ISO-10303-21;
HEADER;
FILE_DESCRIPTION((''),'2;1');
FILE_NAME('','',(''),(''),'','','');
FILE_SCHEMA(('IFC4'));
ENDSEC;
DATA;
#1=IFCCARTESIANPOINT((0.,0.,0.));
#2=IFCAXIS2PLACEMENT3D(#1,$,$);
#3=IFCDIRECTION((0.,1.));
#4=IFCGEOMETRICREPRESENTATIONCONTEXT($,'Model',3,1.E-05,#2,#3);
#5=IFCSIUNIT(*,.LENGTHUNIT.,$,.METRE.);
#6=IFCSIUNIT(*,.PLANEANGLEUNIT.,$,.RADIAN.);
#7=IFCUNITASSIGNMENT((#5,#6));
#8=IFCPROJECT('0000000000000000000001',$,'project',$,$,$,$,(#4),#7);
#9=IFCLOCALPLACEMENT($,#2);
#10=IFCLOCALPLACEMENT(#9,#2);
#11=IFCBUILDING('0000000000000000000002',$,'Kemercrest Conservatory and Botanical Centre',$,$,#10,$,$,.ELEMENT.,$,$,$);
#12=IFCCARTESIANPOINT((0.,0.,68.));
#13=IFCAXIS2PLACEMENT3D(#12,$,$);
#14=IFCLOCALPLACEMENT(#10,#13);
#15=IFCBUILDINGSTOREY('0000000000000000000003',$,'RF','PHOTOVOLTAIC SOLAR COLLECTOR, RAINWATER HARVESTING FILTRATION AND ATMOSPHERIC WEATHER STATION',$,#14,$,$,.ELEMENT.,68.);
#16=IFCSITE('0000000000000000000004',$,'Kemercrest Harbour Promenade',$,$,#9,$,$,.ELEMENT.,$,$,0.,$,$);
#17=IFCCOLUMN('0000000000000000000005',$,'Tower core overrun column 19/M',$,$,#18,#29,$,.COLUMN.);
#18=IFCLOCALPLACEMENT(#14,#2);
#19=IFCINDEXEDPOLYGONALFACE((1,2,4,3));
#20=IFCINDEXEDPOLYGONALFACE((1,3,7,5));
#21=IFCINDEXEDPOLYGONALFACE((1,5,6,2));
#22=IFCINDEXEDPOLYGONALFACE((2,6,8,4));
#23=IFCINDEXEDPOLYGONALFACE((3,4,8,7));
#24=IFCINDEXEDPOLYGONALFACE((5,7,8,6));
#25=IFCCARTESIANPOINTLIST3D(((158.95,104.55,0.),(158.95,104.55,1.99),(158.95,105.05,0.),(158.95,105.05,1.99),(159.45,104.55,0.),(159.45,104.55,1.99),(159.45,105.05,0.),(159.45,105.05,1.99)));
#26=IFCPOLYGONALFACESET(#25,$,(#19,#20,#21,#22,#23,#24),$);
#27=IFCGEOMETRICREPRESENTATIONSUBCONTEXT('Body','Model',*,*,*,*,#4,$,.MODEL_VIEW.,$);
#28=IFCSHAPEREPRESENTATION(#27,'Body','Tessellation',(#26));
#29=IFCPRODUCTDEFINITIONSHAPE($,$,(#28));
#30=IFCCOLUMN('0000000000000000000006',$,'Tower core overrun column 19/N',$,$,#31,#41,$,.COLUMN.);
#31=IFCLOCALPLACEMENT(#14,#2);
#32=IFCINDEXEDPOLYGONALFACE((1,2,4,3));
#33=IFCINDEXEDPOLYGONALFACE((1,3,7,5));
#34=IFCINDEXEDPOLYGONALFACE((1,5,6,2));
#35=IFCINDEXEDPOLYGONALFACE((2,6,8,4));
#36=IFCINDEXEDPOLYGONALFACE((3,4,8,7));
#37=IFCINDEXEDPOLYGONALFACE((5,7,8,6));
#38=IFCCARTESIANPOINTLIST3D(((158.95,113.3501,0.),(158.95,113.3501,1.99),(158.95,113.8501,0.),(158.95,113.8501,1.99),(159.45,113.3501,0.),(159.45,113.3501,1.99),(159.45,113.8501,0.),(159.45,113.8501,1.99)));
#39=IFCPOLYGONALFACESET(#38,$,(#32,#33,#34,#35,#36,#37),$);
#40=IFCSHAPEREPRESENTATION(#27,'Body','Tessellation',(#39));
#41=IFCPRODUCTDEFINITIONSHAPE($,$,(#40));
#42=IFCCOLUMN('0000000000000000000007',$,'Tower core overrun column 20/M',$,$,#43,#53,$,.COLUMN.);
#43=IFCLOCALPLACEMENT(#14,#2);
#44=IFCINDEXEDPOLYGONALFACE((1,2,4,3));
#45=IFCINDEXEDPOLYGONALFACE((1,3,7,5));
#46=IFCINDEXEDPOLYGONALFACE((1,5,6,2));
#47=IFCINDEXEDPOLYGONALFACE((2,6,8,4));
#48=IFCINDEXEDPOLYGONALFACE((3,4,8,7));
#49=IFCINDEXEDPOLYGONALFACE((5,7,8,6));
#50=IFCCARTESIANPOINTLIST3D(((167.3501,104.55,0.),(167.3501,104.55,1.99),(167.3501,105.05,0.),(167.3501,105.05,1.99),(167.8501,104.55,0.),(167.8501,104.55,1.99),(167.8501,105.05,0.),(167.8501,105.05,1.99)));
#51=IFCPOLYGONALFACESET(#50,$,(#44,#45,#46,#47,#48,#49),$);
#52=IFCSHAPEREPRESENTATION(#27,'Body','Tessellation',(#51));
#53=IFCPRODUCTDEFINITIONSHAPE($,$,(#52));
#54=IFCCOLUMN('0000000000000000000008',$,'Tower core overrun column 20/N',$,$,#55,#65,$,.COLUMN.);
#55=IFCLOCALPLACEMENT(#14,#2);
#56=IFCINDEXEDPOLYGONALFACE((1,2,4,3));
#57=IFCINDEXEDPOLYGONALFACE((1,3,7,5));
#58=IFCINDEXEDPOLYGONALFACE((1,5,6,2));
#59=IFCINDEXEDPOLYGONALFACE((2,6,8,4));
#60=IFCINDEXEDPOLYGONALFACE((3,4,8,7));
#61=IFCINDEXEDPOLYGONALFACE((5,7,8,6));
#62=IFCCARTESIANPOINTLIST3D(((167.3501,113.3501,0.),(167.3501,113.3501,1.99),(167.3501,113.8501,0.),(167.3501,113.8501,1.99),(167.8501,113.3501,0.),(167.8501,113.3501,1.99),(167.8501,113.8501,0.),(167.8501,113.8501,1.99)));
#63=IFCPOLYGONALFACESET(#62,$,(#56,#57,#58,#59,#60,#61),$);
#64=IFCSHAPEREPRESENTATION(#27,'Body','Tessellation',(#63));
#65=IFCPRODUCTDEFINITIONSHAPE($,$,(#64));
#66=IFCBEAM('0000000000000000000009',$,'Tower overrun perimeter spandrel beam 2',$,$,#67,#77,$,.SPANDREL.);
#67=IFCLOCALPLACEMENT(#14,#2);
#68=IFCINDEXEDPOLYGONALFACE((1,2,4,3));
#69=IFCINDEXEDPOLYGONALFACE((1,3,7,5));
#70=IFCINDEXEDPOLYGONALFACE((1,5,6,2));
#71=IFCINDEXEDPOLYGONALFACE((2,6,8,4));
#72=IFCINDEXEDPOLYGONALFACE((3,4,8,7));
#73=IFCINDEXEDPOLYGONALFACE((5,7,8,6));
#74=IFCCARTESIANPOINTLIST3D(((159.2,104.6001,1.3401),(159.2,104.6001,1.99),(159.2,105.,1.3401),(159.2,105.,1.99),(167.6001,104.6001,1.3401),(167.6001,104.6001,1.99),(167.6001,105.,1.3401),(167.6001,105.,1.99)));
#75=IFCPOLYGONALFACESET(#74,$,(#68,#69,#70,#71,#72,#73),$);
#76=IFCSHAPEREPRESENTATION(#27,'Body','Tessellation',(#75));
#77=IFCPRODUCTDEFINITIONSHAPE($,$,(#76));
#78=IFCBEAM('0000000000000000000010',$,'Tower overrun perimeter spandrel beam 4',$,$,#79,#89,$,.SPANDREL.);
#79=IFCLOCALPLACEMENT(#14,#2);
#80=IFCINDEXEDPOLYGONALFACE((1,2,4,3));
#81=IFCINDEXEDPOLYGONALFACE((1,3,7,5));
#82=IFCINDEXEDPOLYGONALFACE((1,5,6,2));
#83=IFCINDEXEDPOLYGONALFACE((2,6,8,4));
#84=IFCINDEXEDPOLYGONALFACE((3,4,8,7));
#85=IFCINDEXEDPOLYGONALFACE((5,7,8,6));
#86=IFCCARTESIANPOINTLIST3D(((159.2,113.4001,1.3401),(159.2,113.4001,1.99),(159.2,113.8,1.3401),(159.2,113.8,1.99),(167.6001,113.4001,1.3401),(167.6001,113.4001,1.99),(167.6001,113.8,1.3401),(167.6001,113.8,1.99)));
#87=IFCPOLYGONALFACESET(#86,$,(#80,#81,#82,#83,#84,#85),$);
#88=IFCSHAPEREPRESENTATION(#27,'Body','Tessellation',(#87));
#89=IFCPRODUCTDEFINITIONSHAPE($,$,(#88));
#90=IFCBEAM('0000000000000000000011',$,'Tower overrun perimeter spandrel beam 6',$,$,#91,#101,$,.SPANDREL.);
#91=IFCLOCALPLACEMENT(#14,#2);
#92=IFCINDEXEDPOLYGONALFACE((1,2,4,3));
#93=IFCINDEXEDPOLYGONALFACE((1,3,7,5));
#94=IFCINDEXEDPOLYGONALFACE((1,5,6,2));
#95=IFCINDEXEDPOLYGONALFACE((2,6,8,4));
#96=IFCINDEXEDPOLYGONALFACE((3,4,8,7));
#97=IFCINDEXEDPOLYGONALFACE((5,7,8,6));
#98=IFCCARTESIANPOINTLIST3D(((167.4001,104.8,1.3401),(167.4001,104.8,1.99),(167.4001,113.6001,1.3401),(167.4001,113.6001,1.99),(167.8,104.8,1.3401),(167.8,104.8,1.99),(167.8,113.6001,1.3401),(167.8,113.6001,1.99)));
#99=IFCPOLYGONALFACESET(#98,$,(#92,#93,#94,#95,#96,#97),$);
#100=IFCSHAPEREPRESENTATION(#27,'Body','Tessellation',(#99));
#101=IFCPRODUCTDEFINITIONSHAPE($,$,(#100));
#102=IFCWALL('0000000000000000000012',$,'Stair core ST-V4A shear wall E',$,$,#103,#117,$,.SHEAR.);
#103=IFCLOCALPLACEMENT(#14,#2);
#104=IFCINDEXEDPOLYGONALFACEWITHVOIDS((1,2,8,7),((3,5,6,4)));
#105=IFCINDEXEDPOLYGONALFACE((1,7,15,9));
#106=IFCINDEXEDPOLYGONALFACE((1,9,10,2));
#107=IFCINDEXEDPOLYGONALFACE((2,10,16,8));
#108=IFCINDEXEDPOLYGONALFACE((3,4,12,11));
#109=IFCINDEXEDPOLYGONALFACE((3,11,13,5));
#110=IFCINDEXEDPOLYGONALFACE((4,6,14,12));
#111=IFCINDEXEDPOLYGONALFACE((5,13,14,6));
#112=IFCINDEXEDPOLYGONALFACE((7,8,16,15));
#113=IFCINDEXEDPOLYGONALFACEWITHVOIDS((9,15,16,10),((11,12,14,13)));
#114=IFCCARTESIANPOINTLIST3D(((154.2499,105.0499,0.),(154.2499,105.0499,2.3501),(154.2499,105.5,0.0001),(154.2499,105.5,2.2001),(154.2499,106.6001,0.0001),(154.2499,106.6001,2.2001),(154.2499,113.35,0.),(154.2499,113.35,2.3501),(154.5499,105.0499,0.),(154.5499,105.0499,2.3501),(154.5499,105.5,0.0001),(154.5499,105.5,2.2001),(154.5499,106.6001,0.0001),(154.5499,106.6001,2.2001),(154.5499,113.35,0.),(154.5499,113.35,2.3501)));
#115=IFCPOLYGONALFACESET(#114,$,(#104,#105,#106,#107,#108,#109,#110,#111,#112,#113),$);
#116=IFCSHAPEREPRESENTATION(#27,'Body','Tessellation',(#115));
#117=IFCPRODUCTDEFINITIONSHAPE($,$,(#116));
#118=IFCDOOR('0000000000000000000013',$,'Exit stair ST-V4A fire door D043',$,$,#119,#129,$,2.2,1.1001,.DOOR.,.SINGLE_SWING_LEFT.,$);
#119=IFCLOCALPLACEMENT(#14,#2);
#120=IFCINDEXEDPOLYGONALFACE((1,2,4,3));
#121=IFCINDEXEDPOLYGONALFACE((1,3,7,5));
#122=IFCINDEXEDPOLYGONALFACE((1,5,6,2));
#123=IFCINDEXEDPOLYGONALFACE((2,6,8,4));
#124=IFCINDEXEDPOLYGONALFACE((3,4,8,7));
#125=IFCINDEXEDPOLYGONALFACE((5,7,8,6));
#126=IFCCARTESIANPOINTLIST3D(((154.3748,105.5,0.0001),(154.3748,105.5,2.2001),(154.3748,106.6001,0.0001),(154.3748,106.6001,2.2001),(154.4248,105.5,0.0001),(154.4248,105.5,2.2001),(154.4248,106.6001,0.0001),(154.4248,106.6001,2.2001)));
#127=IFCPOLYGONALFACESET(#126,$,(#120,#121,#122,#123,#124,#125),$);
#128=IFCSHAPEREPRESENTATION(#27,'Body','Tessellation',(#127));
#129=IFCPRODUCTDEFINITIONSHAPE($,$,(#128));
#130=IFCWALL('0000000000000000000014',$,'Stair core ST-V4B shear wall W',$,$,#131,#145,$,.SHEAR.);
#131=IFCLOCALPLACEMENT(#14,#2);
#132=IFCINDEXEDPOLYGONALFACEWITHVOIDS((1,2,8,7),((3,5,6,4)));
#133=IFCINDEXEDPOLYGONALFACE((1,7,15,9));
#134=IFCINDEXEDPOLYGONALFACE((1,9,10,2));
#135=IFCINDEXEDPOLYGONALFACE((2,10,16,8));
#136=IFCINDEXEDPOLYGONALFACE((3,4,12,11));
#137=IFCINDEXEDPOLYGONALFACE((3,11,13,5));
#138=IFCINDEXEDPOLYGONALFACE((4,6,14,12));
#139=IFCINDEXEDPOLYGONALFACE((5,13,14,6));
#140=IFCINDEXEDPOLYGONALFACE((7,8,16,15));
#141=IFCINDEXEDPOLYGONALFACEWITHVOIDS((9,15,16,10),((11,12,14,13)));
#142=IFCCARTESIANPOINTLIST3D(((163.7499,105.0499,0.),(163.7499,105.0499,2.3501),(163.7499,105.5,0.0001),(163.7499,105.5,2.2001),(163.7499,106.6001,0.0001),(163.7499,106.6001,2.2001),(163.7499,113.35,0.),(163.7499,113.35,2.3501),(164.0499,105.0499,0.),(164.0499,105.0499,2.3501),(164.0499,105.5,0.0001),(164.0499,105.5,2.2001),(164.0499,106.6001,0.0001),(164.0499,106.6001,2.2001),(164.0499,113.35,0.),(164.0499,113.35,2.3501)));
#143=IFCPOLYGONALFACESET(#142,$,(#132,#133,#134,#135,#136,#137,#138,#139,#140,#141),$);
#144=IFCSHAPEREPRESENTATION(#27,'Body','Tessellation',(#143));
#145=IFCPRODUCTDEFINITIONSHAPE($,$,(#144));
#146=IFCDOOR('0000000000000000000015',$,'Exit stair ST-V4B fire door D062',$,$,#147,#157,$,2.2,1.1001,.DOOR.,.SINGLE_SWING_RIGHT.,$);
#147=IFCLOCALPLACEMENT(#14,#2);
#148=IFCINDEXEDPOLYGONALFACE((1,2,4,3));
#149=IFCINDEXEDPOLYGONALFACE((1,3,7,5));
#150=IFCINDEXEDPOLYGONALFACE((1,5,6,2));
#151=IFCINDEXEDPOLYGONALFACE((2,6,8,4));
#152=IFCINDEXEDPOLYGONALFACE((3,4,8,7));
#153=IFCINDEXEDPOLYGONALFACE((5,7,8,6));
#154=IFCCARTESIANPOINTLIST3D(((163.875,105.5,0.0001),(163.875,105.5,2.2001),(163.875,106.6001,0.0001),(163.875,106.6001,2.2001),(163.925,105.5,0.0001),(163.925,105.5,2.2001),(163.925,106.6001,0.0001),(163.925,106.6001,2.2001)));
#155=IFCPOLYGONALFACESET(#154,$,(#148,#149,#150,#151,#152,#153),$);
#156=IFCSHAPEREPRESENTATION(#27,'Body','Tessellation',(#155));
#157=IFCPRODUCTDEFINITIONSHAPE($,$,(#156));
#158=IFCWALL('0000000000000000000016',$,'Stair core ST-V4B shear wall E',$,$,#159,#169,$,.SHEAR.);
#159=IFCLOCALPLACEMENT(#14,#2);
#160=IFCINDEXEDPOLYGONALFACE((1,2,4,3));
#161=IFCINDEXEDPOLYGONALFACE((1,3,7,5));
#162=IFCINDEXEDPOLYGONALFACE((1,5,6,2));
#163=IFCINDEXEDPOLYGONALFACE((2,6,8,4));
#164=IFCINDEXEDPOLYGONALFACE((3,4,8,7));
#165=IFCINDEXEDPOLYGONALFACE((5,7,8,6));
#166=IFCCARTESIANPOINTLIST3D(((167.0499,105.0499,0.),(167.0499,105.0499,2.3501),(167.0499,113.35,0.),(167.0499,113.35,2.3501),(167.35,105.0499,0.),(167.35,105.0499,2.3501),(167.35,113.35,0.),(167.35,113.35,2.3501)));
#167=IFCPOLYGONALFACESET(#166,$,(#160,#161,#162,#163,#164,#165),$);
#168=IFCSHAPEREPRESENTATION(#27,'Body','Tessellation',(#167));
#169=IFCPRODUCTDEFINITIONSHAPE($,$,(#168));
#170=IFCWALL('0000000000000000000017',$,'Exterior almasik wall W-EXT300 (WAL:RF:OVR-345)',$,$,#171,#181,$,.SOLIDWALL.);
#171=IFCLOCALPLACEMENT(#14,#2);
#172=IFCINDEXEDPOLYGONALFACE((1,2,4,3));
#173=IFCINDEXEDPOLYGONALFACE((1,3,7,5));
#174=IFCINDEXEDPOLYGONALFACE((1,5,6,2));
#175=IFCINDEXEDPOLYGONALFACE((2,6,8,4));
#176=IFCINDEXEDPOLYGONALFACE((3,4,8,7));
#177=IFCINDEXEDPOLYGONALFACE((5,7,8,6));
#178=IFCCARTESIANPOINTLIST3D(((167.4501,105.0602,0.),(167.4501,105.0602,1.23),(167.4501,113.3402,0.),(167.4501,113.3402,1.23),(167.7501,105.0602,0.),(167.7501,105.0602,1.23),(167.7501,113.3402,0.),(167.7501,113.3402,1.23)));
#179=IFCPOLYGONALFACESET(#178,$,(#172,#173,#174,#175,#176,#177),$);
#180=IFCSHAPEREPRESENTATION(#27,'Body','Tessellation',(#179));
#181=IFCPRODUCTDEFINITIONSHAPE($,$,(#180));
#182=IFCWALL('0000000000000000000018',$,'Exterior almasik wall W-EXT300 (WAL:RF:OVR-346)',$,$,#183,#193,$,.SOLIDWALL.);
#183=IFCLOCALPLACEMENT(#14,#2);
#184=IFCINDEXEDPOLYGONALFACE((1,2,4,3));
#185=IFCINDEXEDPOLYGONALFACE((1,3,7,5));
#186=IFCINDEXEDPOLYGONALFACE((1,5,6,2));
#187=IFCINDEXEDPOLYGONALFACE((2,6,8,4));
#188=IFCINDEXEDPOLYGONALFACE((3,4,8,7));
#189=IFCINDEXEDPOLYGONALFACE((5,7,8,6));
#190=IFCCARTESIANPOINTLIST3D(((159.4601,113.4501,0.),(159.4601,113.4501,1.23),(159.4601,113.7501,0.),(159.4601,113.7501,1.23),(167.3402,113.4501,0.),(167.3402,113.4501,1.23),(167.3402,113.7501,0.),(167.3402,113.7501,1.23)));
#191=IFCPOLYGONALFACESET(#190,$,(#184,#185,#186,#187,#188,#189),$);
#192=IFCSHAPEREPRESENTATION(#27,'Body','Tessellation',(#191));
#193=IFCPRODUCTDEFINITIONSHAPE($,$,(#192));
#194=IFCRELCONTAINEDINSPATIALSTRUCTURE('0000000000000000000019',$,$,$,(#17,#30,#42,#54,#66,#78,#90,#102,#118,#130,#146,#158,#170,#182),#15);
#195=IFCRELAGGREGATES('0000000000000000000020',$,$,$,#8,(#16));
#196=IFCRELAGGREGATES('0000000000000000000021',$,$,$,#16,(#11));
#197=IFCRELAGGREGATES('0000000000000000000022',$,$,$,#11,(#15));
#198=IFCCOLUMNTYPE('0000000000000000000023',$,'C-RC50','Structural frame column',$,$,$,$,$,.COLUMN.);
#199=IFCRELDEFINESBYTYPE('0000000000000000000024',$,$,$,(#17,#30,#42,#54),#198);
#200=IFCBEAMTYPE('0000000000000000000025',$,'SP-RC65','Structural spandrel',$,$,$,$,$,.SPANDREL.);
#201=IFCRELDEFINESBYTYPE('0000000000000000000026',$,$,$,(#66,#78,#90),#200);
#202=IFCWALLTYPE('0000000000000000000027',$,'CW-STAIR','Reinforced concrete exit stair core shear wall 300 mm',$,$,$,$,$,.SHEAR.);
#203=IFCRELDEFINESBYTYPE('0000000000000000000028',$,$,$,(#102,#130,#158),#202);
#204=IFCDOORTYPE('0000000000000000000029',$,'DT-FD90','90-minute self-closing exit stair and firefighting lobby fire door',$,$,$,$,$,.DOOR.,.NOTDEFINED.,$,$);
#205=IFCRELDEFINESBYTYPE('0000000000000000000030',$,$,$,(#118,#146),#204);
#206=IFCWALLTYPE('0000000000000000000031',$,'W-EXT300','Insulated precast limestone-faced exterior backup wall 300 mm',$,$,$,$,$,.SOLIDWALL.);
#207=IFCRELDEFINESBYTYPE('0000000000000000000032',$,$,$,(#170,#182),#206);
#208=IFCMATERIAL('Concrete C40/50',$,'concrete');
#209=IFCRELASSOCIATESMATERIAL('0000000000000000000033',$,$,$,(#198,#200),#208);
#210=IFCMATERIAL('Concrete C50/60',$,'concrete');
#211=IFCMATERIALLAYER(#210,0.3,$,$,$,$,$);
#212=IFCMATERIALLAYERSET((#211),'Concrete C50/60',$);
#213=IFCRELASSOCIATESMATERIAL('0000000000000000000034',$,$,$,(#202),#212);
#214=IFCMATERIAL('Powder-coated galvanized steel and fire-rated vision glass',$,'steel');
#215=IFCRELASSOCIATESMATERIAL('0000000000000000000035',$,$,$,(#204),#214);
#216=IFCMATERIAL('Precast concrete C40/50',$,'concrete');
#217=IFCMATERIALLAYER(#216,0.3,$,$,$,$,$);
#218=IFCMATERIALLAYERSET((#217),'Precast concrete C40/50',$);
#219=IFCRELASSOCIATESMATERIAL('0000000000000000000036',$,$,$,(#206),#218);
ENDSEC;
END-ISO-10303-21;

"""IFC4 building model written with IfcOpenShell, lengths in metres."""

from ifc_helpers import new_model, si_unit, direction, frame, frame_2d, origin, origin_2d, place, context, subcontext, project, spatial, rectangle, extrude, material, layer, layer_set, material_profile, profile_set, type_object, element, fill, save


model = new_model("IFC4")

# Units and contexts
model_context = context("Model", 3, precision=1e-05, world=origin(), true_north=direction((0.0, 1.0)))
body_context = subcontext(model_context, "Body", "Model", "MODEL_VIEW")
ifc_project = project(units=[si_unit("LENGTHUNIT", "METRE"), si_unit("PLANEANGLEUNIT", "RADIAN")], contexts=[model_context])

# Site, building, storey
site_placement = place(None, origin())
site = spatial("IfcSite", under=ifc_project, at=site_placement, Name="Kemercrest Harbour Promenade", CompositionType="ELEMENT", RefElevation=0.0)
building_placement = place(site_placement, origin())
building = spatial("IfcBuilding", under=site, at=building_placement, Name="Kemercrest Conservatory and Botanical Centre", CompositionType="ELEMENT")
storey_placement = place(building_placement, frame((0.0, 0.0, 68.0)))
storey = spatial("IfcBuildingStorey", under=building, at=storey_placement, Name="RF", Description="PHOTOVOLTAIC SOLAR COLLECTOR, RAINWATER HARVESTING FILTRATION AND ATMOSPHERIC WEATHER STATION", CompositionType="ELEMENT", Elevation=68.0)

# Columns
ifc_material_1 = material(Name="Concrete C40/50", Category="concrete")
ifc_material_profile_1 = material_profile(ifc_material_1, rectangle(XDim=0.5, YDim=0.5, at=origin_2d()), Name="RC 500x500")
ifc_profile_set_1 = profile_set([ifc_material_profile_1], Name="Concrete C40/50")
column_type = type_object("IfcColumnType", Name="C-RC50", Description="Structural frame column", PredefinedType="COLUMN", material=ifc_profile_set_1)
for number, where, z_axis, x_axis, name in (
    (1, (159.2, 104.8, 0.0), (0.0, 0.0, 1.0), (1.0, 0.0, 0.0), "Tower core overrun column 19/M"),
    (2, (159.2, 113.6001, 0.0), (0.0, 0.0, 1.0), (1.0, 0.0, 0.0), "Tower core overrun column 19/N"),
    (3, (167.6001, 104.8, 0.0), (0.0, 0.0, 1.0), (1.0, 0.0, 0.0), "Tower core overrun column 20/M"),
    (4, (167.6001, 113.6001, 0.0), (0.0, 0.0, 1.0), (1.0, 0.0, 0.0), "Tower core overrun column 20/N"),
):
    element("IfcColumn", number, at=place(storey_placement, frame(where, z_axis=z_axis, x_axis=x_axis)), inside=storey, type_object=column_type, Name=name, PredefinedType="COLUMN", context=body_context, shape_type="SweptSolid", body=[
        extrude(rectangle(XDim=0.5, YDim=0.5, at=origin_2d()), origin(), (0.0, 0.0, 1.0), 1.99),
    ])

# Beams
ifc_material_profile_2 = material_profile(ifc_material_1, rectangle(XDim=0.3999, YDim=0.6499, at=origin_2d()), Name="RC 400x650")
ifc_profile_set_2 = profile_set([ifc_material_profile_2], Name="Concrete C40/50")
beam_type = type_object("IfcBeamType", Name="SP-RC65", Description="Structural spandrel", PredefinedType="SPANDREL", material=ifc_profile_set_2)
for number, where, z_axis, x_axis, name in (
    (5, (159.2, 104.8, 1.665), (1.0, 0.0, 0.0), (0.0, 1.0, 0.0), "Tower overrun perimeter spandrel beam 2"),
    (6, (159.2, 113.6001, 1.665), (1.0, 0.0, 0.0), (0.0, 1.0, 0.0), "Tower overrun perimeter spandrel beam 4"),
):
    element("IfcBeam", number, at=place(storey_placement, frame(where, z_axis=z_axis, x_axis=x_axis)), inside=storey, type_object=beam_type, Name=name, PredefinedType="SPANDREL", context=body_context, shape_type="SweptSolid", body=[
        extrude(rectangle(XDim=0.3999, YDim=0.6499, at=origin_2d()), origin(), (0.0, 0.0, 1.0), 8.4001),
    ])
beam_placement = place(storey_placement, frame((167.6001, 104.8, 1.665), z_axis=(0.0, 1.0, 0.0), x_axis=(-1.0, 0.0, 0.0)))
element("IfcBeam", 7, at=beam_placement, inside=storey, type_object=beam_type, Name="Tower overrun perimeter spandrel beam 6", PredefinedType="SPANDREL", context=body_context, shape_type="SweptSolid", body=[
    extrude(rectangle(XDim=0.3999, YDim=0.6499, at=origin_2d()), origin(), (0.0, 0.0, 1.0), 8.8),
])

# Walls, openings, doors
ifc_material_2 = material(Name="Concrete C50/60", Category="concrete")
ifc_layer_1 = layer(ifc_material_2, 0.3)
ifc_layer_set_1 = layer_set([ifc_layer_1], Name="Concrete C50/60")
wall_type_1 = type_object("IfcWallType", Name="CW-STAIR", Description="Reinforced concrete exit stair core shear wall 300 mm", PredefinedType="SHEAR", material=ifc_layer_set_1)
wall_1_placement = place(storey_placement, frame((154.3999, 105.05, 0.0), z_axis=(0.0, 0.0, 1.0), x_axis=(0.0, 1.0, 0.0)))
wall_1 = element("IfcWall", 8, at=wall_1_placement, inside=storey, type_object=wall_type_1, Name="Stair core ST-V4A shear wall E", PredefinedType="SHEAR", context=body_context, shape_type="SweptSolid", body=[
    extrude(rectangle(XDim=8.3, YDim=0.3, at=frame_2d((4.1499, 0.0))), origin(), (0.0, 0.0, 1.0), 2.3501),
])
opening_1_placement = place(wall_1_placement, frame((0.45, 0.0, 0.0)))
opening_1 = element("IfcOpeningElement", 9, at=opening_1_placement, cuts=wall_1, PredefinedType="OPENING", context=body_context, shape_type="SweptSolid", body=[
    extrude(rectangle(XDim=1.1001, YDim=2.2, at=frame_2d((0.55, 1.1001))), frame((0.0, 0.1602, 0.0), z_axis=(0.0, -1.0, 0.0), x_axis=(1.0, 0.0, 0.0)), (0.0, 0.0, 1.0), 0.3201),
])
ifc_material_3 = material(Name="Powder-coated galvanized steel and fire-rated vision glass", Category="steel")
door_type_1 = type_object("IfcDoorType", Name="DT-FD90", Description="90-minute self-closing exit stair and firefighting lobby fire door", OperationType="NOTDEFINED", PredefinedType="DOOR", material=ifc_material_3)
door_1_placement = place(opening_1_placement, frame((1.1001, 0.0, 0.0), z_axis=(0.0, 0.0, 1.0), x_axis=(-1.0, 0.0, 0.0)))
door_1 = element("IfcDoor", 10, at=door_1_placement, inside=storey, type_object=door_type_1, Name="Exit stair ST-V4A fire door D043", OperationType="SINGLE_SWING_LEFT", OverallHeight=2.2, OverallWidth=1.1001, PredefinedType="DOOR", context=body_context, shape_type="SweptSolid", body=[
    extrude(rectangle(XDim=1.1001, YDim=2.2, at=frame_2d((0.55, 1.1001))), frame((0.0, 0.0249, 0.0), z_axis=(0.0, -1.0, 0.0), x_axis=(1.0, 0.0, 0.0)), (0.0, 0.0, 1.0), 0.05),
])
fill(opening_1, door_1)
wall_2_placement = place(storey_placement, frame((163.8999, 105.05, 0.0), z_axis=(0.0, 0.0, 1.0), x_axis=(0.0, 1.0, 0.0)))
wall_2 = element("IfcWall", 11, at=wall_2_placement, inside=storey, type_object=wall_type_1, Name="Stair core ST-V4B shear wall W", PredefinedType="SHEAR", context=body_context, shape_type="SweptSolid", body=[
    extrude(rectangle(XDim=8.3, YDim=0.3, at=frame_2d((4.1499, 0.0))), origin(), (0.0, 0.0, 1.0), 2.3501),
])
opening_2_placement = place(wall_2_placement, frame((0.45, 0.0, 0.0)))
opening_2 = element("IfcOpeningElement", 12, at=opening_2_placement, cuts=wall_2, PredefinedType="OPENING", context=body_context, shape_type="SweptSolid", body=[
    extrude(rectangle(XDim=1.1001, YDim=2.2, at=frame_2d((0.55, 1.1001))), frame((0.0, 0.1602, 0.0), z_axis=(0.0, -1.0, 0.0), x_axis=(1.0, 0.0, 0.0)), (0.0, 0.0, 1.0), 0.3201),
])
door_2_placement = place(opening_2_placement, origin())
door_2 = element("IfcDoor", 13, at=door_2_placement, inside=storey, type_object=door_type_1, Name="Exit stair ST-V4B fire door D062", OperationType="SINGLE_SWING_RIGHT", OverallHeight=2.2, OverallWidth=1.1001, PredefinedType="DOOR", context=body_context, shape_type="SweptSolid", body=[
    extrude(rectangle(XDim=1.1001, YDim=2.2, at=frame_2d((0.55, 1.1001))), frame((0.0, 0.0249, 0.0), z_axis=(0.0, -1.0, 0.0), x_axis=(1.0, 0.0, 0.0)), (0.0, 0.0, 1.0), 0.05),
])
fill(opening_2, door_2)

# Walls
wall_3_placement = place(storey_placement, frame((167.2, 105.05, 0.0), z_axis=(0.0, 0.0, 1.0), x_axis=(0.0, 1.0, 0.0)))
element("IfcWall", 14, at=wall_3_placement, inside=storey, type_object=wall_type_1, Name="Stair core ST-V4B shear wall E", PredefinedType="SHEAR", context=body_context, shape_type="SweptSolid", body=[
    extrude(rectangle(XDim=8.3, YDim=0.3, at=frame_2d((4.1499, 0.0))), origin(), (0.0, 0.0, 1.0), 2.3501),
])
ifc_material_4 = material(Name="Precast concrete C40/50", Category="concrete")
ifc_layer_2 = layer(ifc_material_4, 0.3)
ifc_layer_set_2 = layer_set([ifc_layer_2], Name="Precast concrete C40/50")
wall_type_2 = type_object("IfcWallType", Name="W-EXT300", Description="Insulated precast limestone-faced exterior backup wall 300 mm", PredefinedType="SOLIDWALL", material=ifc_layer_set_2)
wall_4_placement = place(storey_placement, frame((167.6001, 105.0601, 0.0), z_axis=(0.0, 0.0, 1.0), x_axis=(0.0, 1.0, 0.0)))
element("IfcWall", 15, at=wall_4_placement, inside=storey, type_object=wall_type_2, Name="Exterior almasik wall W-EXT300 (WAL:RF:OVR-345)", PredefinedType="SOLIDWALL", context=body_context, shape_type="SweptSolid", body=[
    extrude(rectangle(XDim=8.28, YDim=0.3, at=frame_2d((4.1401, 0.0))), origin(), (0.0, 0.0, 1.0), 1.23),
])
wall_5_placement = place(storey_placement, frame((167.3401, 113.6001, 0.0), z_axis=(0.0, 0.0, 1.0), x_axis=(-1.0, 0.0, 0.0)))
element("IfcWall", 16, at=wall_5_placement, inside=storey, type_object=wall_type_2, Name="Exterior almasik wall W-EXT300 (WAL:RF:OVR-346)", PredefinedType="SOLIDWALL", context=body_context, shape_type="SweptSolid", body=[
    extrude(rectangle(XDim=7.8801, YDim=0.3, at=frame_2d((3.9399, 0.0))), origin(), (0.0, 0.0, 1.0), 1.23),
])

save(model, "model.ifc")
